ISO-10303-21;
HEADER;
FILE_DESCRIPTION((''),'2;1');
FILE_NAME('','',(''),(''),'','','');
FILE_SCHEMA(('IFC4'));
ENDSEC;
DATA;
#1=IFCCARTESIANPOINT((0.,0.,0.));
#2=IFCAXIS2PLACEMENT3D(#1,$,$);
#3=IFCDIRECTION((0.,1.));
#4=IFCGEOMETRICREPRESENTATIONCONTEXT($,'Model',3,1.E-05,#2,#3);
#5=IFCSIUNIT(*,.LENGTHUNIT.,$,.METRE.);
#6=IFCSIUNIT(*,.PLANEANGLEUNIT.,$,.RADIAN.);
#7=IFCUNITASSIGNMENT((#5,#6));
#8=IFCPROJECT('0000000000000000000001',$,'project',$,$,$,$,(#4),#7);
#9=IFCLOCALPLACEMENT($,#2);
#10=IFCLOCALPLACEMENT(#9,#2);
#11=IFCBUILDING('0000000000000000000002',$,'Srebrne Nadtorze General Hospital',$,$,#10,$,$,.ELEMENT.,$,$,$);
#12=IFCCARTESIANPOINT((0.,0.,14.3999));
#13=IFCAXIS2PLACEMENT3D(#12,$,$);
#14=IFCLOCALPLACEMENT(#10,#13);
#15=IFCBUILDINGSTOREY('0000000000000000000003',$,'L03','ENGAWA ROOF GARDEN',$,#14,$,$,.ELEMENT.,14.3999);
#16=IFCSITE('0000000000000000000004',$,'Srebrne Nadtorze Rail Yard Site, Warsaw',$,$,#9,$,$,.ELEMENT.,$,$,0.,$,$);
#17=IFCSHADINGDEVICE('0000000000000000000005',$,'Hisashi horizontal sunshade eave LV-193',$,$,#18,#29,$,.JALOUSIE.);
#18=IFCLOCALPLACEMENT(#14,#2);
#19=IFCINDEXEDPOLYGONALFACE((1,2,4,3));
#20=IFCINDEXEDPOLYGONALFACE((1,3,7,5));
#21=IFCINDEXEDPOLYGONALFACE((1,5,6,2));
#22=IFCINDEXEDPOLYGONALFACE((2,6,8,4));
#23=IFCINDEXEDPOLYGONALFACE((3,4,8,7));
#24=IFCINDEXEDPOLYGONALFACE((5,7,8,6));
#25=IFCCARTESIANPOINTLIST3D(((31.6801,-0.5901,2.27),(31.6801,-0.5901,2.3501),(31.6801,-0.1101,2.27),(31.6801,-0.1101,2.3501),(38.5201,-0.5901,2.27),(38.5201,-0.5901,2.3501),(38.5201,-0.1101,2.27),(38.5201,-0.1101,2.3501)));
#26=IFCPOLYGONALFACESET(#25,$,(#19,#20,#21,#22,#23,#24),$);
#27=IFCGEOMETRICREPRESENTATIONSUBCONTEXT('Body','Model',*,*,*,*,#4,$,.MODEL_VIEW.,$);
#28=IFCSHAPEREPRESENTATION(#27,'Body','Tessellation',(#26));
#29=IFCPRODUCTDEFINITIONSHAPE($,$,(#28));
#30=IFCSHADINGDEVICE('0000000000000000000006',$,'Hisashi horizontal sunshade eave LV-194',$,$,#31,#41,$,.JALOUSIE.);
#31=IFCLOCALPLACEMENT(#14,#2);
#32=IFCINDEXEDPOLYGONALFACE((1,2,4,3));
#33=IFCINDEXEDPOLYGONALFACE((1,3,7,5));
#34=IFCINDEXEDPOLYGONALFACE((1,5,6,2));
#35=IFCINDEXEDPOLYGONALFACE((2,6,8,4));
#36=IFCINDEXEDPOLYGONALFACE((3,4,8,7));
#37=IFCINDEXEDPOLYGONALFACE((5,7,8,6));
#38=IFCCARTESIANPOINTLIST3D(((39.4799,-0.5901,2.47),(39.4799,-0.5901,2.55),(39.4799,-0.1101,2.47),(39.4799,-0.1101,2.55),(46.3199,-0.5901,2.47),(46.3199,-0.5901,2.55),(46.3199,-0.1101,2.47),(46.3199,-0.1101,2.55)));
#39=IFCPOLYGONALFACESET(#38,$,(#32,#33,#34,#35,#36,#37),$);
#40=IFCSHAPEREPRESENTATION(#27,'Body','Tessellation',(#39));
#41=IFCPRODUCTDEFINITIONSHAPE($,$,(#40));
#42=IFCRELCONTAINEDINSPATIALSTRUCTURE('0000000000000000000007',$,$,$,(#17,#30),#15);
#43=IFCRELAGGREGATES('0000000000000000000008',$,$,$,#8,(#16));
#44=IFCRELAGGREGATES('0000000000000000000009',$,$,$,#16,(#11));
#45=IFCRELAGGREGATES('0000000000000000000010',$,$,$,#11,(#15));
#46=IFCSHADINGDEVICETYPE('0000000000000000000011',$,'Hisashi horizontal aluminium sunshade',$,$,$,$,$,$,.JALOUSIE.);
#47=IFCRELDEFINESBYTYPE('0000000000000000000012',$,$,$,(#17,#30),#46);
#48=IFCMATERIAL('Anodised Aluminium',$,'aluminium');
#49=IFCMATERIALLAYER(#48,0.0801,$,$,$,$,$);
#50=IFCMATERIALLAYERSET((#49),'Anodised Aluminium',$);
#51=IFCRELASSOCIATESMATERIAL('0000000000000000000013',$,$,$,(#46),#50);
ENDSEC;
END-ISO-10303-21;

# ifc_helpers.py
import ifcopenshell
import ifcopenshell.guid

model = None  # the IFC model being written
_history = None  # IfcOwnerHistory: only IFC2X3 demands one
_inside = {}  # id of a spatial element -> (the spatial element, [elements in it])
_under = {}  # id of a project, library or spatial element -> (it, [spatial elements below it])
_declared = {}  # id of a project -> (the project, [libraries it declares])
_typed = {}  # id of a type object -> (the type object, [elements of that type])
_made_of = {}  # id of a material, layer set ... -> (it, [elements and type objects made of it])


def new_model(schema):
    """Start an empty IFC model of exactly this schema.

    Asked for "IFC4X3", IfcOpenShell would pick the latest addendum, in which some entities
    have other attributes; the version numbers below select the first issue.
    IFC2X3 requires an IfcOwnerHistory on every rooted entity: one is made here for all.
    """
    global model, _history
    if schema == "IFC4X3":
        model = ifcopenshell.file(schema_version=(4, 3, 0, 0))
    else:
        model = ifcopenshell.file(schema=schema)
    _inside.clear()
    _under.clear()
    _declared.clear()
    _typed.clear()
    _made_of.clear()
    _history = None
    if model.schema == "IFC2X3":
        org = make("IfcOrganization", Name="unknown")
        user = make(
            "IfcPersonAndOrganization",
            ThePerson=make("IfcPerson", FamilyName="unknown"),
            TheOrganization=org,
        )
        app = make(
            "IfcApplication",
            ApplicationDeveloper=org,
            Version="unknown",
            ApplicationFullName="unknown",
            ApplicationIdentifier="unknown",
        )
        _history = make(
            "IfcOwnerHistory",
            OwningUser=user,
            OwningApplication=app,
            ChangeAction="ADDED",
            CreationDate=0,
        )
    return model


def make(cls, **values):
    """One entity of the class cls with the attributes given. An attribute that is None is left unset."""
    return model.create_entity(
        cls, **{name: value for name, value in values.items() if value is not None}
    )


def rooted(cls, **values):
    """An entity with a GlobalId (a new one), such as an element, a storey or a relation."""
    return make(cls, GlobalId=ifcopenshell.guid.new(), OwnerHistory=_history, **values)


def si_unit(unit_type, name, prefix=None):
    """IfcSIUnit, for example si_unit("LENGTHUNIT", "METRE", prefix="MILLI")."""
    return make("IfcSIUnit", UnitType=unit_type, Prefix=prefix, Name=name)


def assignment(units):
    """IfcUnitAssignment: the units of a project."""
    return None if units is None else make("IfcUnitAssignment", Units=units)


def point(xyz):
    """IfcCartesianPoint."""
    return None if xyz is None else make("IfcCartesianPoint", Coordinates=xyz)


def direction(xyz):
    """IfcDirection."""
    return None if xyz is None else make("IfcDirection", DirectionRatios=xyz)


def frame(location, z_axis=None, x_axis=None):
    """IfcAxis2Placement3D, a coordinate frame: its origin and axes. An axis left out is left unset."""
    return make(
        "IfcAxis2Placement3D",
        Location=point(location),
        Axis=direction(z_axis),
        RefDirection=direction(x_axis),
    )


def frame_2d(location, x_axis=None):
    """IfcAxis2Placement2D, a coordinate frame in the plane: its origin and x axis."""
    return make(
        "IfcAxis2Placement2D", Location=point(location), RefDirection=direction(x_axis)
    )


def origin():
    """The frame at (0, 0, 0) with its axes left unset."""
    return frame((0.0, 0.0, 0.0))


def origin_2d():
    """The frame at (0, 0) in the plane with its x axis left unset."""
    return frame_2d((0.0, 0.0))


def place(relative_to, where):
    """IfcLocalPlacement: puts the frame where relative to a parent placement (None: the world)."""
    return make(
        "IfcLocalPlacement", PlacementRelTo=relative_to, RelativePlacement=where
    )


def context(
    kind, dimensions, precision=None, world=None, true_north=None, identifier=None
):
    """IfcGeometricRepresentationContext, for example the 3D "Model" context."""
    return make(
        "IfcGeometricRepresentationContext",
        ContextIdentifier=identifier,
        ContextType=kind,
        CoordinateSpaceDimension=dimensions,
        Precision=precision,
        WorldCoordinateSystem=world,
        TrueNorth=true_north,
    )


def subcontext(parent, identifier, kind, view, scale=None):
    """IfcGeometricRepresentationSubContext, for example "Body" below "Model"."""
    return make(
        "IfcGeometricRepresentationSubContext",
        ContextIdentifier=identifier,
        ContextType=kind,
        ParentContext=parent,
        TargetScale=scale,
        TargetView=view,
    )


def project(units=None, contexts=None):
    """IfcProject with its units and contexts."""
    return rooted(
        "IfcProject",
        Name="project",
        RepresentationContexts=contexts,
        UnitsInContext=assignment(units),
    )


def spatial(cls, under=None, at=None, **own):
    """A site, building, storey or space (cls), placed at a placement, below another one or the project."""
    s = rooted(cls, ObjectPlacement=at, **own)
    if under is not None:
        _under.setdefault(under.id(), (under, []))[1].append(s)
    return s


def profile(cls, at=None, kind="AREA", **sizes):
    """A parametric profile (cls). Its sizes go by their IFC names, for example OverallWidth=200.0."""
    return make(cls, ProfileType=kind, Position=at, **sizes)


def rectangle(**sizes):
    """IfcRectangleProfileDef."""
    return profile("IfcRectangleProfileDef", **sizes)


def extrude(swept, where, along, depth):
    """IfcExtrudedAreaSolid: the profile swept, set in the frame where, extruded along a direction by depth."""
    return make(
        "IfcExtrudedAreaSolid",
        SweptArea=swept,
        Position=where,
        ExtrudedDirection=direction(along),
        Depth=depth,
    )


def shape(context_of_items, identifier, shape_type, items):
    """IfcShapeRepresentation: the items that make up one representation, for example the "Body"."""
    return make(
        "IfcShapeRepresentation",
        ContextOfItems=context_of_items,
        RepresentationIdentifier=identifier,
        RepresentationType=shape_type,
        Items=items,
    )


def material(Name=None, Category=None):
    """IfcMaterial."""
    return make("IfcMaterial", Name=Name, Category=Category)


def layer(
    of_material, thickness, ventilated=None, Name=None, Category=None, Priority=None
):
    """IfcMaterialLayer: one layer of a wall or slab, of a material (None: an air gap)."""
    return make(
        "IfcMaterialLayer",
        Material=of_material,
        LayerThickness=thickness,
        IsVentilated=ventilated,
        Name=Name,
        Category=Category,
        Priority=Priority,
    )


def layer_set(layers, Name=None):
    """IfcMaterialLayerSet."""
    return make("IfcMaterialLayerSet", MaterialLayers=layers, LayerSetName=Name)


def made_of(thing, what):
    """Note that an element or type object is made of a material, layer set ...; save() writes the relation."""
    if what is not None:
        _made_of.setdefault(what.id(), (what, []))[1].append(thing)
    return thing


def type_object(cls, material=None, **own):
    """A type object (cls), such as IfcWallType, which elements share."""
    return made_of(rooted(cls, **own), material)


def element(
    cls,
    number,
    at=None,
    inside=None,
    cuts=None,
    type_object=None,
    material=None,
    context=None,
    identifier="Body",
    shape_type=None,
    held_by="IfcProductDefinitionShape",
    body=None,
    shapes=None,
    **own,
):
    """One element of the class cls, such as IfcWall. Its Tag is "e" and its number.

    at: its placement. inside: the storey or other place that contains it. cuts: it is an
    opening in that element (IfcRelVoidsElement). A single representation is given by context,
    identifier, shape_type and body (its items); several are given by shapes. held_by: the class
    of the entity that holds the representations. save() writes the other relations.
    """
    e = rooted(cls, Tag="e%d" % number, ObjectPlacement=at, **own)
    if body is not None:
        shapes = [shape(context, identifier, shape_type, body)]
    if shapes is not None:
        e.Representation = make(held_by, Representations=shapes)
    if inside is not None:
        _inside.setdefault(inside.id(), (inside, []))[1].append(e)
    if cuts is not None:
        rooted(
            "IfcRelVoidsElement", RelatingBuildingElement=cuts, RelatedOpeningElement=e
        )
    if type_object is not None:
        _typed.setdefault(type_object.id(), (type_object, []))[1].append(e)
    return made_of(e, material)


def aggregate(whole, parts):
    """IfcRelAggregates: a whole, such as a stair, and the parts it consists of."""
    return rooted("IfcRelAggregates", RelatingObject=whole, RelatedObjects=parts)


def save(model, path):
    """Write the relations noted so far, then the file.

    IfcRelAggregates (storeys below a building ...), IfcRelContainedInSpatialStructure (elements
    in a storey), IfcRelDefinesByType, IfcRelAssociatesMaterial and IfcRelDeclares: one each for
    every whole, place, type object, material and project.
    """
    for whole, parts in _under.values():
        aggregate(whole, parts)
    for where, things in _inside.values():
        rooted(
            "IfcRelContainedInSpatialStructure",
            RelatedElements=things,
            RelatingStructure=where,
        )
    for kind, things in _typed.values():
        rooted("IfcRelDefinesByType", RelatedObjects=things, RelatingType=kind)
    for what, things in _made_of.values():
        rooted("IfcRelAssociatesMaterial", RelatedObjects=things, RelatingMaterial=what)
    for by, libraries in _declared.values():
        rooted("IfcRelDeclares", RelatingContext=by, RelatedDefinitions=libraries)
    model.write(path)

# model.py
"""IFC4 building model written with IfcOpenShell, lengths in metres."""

from ifc_helpers import new_model, si_unit, direction, frame, origin, origin_2d, place, context, subcontext, project, spatial, rectangle, extrude, material, layer, layer_set, type_object, element, save


model = new_model("IFC4")

# Units and contexts
model_context = context("Model", 3, precision=1e-05, world=origin(), true_north=direction((0.0, 1.0)))
body_context = subcontext(model_context, "Body", "Model", "MODEL_VIEW")
ifc_project = project(units=[si_unit("LENGTHUNIT", "METRE"), si_unit("PLANEANGLEUNIT", "RADIAN")], contexts=[model_context])

# Site, building, storey
site_placement = place(None, origin())
site = spatial("IfcSite", under=ifc_project, at=site_placement, Name="Srebrne Nadtorze Rail Yard Site, Warsaw", CompositionType="ELEMENT", RefElevation=0.0)
building_placement = place(site_placement, origin())
building = spatial("IfcBuilding", under=site, at=building_placement, Name="Srebrne Nadtorze General Hospital", CompositionType="ELEMENT")
storey_placement = place(building_placement, frame((0.0, 0.0, 14.3999)))
storey = spatial("IfcBuildingStorey", under=building, at=storey_placement, Name="L03", Description="ENGAWA ROOF GARDEN", CompositionType="ELEMENT", Elevation=14.3999)

# Shading devices
ifc_material_1 = material(Name="Anodised Aluminium", Category="aluminium")
ifc_layer_1 = layer(ifc_material_1, 0.0801)
ifc_layer_set_1 = layer_set([ifc_layer_1], Name="Anodised Aluminium")
shading_device_type = type_object("IfcShadingDeviceType", Name="Hisashi horizontal aluminium sunshade", PredefinedType="JALOUSIE", material=ifc_layer_set_1)
for number, where, z_axis, x_axis, name in (
    (1, (35.1001, -0.3501, 2.27), (0.0, 0.0, 1.0), (1.0, 0.0, 0.0), "Hisashi horizontal sunshade eave LV-193"),
    (2, (42.8999, -0.3501, 2.47), (0.0, 0.0, 1.0), (1.0, 0.0, 0.0), "Hisashi horizontal sunshade eave LV-194"),
):
    element("IfcShadingDevice", number, at=place(storey_placement, frame(where, z_axis=z_axis, x_axis=x_axis)), inside=storey, type_object=shading_device_type, Name=name, PredefinedType="JALOUSIE", context=body_context, shape_type="SweptSolid", body=[
        extrude(rectangle(XDim=6.8401, YDim=0.48, at=origin_2d()), origin(), (0.0, 0.0, 1.0), 0.0801),
    ])

save(model, "model.ifc")
